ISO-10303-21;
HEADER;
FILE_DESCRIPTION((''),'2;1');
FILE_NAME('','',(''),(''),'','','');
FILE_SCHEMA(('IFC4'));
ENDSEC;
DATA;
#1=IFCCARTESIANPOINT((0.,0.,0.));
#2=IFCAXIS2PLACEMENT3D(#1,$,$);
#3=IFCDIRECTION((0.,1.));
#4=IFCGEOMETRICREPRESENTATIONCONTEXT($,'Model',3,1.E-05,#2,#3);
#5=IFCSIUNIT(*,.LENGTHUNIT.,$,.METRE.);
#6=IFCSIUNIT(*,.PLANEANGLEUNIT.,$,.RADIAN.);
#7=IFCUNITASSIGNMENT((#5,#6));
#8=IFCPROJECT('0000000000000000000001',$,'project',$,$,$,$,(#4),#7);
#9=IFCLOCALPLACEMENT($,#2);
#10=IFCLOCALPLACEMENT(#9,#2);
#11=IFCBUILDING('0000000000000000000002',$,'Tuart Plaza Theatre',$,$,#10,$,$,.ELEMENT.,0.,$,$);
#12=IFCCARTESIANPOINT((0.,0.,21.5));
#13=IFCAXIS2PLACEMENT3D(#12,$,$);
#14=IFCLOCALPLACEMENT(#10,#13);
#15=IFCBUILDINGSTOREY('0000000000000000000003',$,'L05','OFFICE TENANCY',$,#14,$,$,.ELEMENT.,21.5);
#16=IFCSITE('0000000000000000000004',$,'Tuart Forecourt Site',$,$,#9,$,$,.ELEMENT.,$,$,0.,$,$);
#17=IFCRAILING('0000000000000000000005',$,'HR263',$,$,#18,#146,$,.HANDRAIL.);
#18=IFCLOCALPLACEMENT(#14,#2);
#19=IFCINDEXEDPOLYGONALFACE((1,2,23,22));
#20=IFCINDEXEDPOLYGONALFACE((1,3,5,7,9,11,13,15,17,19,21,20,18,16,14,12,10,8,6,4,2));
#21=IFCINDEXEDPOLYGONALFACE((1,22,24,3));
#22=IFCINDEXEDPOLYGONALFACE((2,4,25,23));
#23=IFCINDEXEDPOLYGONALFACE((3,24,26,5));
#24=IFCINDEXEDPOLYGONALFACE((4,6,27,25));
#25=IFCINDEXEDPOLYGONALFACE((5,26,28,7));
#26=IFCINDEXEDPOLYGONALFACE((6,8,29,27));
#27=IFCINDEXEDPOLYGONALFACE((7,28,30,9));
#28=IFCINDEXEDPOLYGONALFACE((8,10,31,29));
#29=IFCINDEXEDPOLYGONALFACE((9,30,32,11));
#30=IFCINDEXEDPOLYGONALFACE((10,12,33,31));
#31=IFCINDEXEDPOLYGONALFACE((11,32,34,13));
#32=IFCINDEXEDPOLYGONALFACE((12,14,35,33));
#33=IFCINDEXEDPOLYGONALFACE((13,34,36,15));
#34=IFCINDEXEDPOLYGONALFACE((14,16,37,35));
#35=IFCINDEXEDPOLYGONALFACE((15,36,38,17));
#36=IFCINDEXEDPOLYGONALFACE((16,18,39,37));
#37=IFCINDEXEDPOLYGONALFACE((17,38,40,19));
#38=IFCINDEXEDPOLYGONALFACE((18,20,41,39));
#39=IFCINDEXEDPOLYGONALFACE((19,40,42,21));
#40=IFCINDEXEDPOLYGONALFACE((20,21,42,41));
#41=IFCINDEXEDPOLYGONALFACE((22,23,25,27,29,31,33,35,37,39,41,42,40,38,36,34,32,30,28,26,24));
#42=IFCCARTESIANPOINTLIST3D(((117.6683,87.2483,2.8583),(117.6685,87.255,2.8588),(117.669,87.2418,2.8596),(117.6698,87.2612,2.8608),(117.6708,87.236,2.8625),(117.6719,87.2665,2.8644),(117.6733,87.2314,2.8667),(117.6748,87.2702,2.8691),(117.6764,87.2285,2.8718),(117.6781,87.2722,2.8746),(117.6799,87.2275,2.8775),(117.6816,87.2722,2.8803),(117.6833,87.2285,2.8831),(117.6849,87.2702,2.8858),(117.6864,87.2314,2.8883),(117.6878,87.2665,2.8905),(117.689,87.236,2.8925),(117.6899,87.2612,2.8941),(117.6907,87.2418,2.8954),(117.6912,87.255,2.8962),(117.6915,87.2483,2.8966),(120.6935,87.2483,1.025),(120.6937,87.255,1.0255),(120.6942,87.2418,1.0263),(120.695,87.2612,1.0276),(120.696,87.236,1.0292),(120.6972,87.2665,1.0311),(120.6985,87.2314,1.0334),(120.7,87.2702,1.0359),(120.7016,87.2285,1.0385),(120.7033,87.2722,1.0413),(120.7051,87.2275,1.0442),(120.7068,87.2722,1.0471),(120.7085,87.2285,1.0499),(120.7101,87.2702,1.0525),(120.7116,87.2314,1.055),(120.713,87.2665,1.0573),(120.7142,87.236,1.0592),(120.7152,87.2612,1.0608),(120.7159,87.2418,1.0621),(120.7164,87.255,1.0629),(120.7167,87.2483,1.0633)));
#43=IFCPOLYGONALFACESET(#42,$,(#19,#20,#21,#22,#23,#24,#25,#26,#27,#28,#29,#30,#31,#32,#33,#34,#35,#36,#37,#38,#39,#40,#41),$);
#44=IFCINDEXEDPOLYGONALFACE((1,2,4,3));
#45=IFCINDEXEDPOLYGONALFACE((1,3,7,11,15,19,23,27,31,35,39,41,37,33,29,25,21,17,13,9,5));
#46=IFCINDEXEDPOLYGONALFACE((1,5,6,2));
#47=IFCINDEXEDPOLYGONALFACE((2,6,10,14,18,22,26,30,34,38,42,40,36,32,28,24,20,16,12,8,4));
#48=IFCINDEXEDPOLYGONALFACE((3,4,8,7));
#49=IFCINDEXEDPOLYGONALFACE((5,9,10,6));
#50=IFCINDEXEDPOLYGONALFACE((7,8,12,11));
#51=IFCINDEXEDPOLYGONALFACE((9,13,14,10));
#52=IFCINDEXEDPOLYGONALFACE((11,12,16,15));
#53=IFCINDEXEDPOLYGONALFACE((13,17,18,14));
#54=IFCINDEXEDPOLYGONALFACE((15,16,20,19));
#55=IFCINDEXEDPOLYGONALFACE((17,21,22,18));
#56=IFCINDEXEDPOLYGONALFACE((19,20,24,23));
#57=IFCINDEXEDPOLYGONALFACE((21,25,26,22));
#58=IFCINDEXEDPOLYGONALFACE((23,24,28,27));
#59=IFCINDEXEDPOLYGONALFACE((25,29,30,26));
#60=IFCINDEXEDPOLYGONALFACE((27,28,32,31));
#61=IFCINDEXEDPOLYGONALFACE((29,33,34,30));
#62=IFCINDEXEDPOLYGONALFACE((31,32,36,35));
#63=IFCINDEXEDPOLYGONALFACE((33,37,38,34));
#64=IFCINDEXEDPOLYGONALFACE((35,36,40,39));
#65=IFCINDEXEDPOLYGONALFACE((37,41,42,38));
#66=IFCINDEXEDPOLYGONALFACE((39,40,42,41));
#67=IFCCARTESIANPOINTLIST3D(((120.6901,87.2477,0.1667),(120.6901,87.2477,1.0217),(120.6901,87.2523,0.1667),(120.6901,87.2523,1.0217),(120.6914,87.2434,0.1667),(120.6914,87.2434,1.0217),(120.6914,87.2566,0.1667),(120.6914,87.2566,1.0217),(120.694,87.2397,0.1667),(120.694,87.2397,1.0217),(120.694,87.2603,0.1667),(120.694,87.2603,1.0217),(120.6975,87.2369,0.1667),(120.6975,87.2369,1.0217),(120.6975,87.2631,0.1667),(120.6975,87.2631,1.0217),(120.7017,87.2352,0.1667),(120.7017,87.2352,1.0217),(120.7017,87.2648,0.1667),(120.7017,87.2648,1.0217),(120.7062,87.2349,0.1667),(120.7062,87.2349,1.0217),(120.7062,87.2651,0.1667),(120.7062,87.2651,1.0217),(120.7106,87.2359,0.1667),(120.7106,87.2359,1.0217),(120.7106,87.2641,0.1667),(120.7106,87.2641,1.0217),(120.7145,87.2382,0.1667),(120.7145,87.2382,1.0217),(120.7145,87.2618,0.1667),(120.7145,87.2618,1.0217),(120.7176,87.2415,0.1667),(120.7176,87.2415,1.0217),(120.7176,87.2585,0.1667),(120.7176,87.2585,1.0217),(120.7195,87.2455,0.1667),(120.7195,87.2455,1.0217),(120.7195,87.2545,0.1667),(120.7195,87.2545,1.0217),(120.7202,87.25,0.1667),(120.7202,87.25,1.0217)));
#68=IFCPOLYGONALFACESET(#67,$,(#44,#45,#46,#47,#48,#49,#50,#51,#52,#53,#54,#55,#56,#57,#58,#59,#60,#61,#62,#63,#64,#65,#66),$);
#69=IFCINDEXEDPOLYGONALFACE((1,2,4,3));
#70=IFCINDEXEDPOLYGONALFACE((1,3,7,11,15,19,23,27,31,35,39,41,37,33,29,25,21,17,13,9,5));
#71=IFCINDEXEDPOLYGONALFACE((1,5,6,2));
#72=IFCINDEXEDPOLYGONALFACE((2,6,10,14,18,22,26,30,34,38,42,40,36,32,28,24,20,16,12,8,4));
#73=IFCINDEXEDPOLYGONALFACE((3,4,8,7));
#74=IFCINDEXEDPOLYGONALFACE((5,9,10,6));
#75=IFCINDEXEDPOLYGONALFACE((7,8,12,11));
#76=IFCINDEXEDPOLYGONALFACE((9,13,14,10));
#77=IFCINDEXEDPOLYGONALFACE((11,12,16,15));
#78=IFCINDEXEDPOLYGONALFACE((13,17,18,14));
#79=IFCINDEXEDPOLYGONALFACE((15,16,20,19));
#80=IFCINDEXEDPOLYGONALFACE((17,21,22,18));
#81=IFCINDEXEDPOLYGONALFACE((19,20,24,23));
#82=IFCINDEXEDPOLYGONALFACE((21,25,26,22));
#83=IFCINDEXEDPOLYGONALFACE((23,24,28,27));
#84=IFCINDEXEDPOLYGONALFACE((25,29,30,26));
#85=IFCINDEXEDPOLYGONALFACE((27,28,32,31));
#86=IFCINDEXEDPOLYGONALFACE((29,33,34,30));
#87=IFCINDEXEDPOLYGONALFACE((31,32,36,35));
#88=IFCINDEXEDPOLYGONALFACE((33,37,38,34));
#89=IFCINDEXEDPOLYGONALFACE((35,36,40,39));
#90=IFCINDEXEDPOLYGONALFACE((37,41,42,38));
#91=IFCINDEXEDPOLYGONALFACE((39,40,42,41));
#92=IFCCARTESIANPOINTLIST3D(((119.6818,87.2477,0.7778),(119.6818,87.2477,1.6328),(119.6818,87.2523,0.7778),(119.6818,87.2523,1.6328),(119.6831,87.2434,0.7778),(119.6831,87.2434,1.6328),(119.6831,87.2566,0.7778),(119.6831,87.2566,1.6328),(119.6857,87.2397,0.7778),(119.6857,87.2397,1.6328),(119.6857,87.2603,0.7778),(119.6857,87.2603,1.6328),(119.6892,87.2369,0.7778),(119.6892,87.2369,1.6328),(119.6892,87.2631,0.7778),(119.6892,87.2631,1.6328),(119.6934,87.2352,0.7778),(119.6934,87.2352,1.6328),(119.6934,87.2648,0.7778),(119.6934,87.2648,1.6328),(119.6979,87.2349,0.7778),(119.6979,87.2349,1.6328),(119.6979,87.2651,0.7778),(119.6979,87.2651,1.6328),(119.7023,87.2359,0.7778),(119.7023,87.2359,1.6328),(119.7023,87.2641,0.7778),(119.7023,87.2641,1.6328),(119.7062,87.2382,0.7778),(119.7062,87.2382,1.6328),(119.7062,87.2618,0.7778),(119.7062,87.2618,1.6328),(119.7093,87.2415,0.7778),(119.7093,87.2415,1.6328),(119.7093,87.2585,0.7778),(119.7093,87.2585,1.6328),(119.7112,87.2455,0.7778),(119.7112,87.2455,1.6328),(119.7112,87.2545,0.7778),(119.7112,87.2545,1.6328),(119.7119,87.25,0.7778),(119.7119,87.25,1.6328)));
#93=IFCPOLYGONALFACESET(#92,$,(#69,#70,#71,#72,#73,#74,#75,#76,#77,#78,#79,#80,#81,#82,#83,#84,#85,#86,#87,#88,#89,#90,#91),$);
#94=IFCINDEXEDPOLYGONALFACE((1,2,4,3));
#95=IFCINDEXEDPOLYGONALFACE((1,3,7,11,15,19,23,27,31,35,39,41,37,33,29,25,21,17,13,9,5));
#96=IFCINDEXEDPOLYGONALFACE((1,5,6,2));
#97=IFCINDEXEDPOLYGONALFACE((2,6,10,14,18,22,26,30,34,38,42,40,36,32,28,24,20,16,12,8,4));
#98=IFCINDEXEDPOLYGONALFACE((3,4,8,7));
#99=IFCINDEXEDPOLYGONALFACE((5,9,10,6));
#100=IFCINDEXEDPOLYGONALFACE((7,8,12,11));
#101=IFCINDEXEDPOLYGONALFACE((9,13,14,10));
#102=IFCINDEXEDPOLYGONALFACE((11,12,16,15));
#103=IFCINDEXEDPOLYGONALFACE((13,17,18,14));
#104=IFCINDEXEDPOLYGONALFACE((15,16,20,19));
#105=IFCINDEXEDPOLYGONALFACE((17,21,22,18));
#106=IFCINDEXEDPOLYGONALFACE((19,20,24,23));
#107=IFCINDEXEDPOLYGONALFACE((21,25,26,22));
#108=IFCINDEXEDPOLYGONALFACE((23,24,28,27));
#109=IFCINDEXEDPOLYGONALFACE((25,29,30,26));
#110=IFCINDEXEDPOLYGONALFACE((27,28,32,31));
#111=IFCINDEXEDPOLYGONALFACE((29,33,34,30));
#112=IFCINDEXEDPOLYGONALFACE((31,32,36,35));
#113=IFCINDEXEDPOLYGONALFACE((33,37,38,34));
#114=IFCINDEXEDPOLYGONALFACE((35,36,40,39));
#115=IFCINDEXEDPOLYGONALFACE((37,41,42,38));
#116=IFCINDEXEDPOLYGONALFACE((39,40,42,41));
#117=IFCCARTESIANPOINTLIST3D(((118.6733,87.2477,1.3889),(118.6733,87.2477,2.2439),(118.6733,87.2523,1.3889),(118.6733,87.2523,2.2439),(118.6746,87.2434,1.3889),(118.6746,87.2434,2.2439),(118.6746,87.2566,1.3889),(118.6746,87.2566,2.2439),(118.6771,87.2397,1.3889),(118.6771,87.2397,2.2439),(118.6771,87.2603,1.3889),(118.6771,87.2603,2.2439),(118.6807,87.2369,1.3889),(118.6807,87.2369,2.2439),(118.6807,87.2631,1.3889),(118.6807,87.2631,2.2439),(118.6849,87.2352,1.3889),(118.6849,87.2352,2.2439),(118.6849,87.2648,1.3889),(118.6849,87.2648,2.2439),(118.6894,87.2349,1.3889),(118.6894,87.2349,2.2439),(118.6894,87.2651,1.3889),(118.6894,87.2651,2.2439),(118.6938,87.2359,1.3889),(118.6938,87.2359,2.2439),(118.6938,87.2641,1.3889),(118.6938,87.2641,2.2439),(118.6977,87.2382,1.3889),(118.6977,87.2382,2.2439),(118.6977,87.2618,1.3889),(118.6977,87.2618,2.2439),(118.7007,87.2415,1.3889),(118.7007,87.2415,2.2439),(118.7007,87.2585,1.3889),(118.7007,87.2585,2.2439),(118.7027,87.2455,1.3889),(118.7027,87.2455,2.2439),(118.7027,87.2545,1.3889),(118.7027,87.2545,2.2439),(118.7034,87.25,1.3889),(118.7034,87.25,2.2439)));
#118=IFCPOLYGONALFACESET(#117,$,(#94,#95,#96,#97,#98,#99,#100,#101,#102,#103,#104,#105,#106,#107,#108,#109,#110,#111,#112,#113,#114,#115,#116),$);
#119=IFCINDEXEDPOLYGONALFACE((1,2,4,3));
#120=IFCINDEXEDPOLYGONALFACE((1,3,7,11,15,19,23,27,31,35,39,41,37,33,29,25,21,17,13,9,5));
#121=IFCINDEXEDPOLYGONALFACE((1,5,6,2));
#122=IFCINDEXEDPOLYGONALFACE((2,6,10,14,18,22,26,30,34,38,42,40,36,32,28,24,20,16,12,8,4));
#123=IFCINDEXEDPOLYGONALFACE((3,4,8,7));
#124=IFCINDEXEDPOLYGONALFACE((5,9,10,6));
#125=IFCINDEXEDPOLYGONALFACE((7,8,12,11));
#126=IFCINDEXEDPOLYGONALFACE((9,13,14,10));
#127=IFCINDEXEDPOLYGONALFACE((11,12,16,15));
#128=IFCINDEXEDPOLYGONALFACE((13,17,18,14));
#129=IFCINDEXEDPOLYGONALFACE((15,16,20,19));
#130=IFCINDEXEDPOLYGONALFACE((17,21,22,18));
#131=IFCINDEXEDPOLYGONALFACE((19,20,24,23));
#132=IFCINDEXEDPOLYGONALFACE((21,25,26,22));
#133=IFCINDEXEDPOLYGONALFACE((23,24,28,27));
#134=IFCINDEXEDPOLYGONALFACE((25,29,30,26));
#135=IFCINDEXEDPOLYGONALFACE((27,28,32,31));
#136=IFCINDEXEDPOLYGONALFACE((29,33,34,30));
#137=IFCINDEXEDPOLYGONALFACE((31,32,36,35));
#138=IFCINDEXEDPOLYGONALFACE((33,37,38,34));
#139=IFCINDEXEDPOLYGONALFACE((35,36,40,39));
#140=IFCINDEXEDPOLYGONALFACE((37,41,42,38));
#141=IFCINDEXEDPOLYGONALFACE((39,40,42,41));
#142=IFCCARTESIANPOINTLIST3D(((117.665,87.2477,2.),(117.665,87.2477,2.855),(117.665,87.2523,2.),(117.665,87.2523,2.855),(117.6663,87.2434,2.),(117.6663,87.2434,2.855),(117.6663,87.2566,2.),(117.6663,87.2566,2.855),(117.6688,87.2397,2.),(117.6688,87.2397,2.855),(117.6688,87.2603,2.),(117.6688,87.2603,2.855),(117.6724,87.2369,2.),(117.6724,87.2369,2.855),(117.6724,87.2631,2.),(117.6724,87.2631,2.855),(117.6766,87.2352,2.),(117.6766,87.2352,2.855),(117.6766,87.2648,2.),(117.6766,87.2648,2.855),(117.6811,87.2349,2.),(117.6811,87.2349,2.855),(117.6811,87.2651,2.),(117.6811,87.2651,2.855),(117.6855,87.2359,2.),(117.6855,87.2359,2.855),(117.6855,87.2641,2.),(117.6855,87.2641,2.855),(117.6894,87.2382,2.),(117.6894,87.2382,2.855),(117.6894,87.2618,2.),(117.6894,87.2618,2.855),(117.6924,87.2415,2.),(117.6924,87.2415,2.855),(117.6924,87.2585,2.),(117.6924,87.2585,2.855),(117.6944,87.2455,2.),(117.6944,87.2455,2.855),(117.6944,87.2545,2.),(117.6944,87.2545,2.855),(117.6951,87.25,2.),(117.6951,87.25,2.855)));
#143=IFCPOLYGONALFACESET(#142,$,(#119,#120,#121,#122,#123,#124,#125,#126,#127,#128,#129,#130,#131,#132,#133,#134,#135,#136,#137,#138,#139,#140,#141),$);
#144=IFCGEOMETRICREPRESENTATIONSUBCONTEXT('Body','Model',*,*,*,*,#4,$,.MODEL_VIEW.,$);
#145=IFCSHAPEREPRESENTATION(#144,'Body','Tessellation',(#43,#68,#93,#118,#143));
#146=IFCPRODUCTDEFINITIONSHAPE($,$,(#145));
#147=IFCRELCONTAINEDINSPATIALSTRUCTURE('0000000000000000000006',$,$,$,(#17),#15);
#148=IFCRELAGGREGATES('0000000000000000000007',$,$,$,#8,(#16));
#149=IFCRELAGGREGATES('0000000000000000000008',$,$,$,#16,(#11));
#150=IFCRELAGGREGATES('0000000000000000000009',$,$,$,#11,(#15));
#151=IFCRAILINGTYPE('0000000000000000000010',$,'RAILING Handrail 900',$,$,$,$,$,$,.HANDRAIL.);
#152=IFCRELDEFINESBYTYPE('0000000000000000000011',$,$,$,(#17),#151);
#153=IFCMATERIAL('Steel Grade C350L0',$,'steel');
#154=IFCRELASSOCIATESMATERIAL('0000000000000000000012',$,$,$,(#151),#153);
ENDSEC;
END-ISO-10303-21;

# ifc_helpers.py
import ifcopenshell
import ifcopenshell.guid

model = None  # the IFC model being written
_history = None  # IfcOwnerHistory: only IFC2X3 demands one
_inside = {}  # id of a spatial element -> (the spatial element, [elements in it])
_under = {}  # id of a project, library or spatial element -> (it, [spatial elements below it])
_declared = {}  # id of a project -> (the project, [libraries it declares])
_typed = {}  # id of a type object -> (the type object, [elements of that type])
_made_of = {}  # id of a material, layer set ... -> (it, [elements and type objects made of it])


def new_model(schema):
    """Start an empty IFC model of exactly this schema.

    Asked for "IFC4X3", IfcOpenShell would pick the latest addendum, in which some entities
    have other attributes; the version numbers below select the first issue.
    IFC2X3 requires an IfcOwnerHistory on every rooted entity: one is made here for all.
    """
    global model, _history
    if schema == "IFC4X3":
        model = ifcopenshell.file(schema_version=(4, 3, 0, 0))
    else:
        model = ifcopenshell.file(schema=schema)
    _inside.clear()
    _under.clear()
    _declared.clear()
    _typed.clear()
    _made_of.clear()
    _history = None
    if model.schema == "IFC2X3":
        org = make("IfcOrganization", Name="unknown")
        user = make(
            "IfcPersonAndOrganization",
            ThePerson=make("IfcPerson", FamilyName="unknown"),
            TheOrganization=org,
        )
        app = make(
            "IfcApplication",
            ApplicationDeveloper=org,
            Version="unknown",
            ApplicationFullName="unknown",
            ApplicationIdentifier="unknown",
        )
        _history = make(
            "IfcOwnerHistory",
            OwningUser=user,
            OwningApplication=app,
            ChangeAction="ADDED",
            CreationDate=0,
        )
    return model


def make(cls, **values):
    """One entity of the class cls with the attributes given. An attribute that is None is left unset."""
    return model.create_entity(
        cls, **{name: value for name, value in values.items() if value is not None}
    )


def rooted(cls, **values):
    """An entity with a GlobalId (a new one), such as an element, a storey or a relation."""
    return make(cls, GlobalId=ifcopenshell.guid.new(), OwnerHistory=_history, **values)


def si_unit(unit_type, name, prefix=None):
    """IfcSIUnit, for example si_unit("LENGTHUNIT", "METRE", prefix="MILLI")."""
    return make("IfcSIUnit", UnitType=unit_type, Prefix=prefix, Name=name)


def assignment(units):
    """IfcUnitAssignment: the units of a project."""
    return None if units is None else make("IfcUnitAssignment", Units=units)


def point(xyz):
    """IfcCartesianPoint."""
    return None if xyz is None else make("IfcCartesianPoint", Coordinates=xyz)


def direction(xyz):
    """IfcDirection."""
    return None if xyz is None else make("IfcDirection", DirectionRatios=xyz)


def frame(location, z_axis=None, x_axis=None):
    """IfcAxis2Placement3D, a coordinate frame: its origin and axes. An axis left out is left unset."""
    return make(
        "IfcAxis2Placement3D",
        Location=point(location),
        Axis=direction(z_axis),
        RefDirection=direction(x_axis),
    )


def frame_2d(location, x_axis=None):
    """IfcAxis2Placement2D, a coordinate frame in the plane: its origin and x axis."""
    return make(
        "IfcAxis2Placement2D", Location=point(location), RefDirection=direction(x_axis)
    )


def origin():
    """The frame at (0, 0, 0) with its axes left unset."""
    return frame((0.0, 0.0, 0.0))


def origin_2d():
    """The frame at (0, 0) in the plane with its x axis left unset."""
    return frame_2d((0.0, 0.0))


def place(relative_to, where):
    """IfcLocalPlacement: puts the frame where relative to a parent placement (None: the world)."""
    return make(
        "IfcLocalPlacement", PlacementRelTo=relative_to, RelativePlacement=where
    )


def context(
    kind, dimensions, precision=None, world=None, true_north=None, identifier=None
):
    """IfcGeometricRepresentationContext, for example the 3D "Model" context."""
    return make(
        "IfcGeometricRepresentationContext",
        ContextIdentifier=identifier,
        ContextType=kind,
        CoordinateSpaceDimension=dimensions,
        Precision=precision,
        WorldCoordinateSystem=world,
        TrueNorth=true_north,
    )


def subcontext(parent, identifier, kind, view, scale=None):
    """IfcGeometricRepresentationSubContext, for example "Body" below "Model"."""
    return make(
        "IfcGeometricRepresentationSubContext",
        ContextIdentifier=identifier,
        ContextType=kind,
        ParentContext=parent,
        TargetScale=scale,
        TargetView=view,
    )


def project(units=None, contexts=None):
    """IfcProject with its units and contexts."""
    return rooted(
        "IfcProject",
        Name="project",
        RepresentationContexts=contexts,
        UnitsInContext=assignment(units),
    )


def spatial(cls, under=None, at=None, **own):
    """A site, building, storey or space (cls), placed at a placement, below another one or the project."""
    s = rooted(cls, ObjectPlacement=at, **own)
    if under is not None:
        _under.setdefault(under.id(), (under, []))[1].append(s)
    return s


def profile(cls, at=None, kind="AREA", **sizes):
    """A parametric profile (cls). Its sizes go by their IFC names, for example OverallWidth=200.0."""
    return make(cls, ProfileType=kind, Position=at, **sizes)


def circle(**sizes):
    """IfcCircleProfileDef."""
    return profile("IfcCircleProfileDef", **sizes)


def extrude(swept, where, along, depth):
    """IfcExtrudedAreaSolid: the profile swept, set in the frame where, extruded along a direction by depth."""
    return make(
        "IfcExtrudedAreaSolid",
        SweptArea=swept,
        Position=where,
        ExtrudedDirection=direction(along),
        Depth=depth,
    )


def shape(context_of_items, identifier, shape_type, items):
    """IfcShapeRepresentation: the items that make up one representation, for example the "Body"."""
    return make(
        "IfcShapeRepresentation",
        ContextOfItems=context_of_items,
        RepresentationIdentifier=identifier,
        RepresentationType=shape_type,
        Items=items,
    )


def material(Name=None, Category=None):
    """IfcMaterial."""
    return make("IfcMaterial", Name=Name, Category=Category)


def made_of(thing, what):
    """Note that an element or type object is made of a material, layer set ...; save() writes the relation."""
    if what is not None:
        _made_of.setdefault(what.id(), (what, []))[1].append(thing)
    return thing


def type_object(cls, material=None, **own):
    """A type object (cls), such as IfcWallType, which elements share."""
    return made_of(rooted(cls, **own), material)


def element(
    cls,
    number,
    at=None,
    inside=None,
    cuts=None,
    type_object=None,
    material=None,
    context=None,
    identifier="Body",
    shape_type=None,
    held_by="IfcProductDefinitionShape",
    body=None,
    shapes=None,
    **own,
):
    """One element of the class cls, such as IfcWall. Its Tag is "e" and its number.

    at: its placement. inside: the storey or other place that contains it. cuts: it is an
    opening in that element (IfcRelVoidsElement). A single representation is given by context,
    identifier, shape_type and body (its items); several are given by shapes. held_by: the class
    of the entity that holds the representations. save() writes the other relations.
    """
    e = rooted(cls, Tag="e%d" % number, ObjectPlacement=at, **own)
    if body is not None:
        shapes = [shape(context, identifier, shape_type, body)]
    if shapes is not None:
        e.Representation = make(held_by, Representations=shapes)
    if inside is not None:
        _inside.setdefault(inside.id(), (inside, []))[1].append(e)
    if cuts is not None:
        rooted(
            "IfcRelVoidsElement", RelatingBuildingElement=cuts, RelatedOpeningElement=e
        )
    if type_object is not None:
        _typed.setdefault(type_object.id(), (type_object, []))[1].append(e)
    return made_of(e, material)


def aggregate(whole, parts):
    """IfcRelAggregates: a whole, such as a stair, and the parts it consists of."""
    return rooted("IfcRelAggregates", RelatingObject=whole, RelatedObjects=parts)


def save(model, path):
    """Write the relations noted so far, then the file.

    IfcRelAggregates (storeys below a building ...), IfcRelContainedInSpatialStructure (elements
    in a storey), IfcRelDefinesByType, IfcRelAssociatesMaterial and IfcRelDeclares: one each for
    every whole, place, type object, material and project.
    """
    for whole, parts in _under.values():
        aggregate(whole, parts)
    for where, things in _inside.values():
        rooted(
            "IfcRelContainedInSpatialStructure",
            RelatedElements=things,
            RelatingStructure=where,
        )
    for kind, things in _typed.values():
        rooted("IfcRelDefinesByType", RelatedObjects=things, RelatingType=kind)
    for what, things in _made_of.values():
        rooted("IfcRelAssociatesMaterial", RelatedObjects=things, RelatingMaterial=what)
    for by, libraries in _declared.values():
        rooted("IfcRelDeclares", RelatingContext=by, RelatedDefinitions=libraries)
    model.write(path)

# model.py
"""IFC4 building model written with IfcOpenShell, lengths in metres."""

from ifc_helpers import new_model, si_unit, direction, frame, origin, origin_2d, place, context, subcontext, project, spatial, circle, extrude, material, type_object, element, save


model = new_model("IFC4")

# Units and contexts
model_context = context("Model", 3, precision=1e-05, world=origin(), true_north=direction((0.0, 1.0)))
body_context = subcontext(model_context, "Body", "Model", "MODEL_VIEW")
ifc_project = project(units=[si_unit("LENGTHUNIT", "METRE"), si_unit("PLANEANGLEUNIT", "RADIAN")], contexts=[model_context])

# Site, building, storey
site_placement = place(None, origin())
site = spatial("IfcSite", under=ifc_project, at=site_placement, Name="Tuart Forecourt Site", CompositionType="ELEMENT", RefElevation=0.0)
building_placement = place(site_placement, origin())
building = spatial("IfcBuilding", under=site, at=building_placement, Name="Tuart Plaza Theatre", CompositionType="ELEMENT", ElevationOfRefHeight=0.0)
storey_placement = place(building_placement, frame((0.0, 0.0, 21.5)))
storey = spatial("IfcBuildingStorey", under=building, at=storey_placement, Name="L05", Description="OFFICE TENANCY", CompositionType="ELEMENT", Elevation=21.5)

# Railing
ifc_material_1 = material(Name="Steel Grade C350L0", Category="steel")
railing_type_1 = type_object("IfcRailingType", Name="RAILING Handrail 900", PredefinedType="HANDRAIL", material=ifc_material_1)
railing_1_placement = place(storey_placement, frame((120.7051, 87.25, 0.1667)))
element("IfcRailing", 1, at=railing_1_placement, inside=storey, type_object=railing_type_1, Name="HR263", PredefinedType="HANDRAIL", context=body_context, shape_type="SweptSolid", body=[
    extrude(circle(Radius=0.0225, at=origin_2d()), frame((0.0, 0.0, 0.8774), z_axis=(-0.855219, 0.0, 0.518267), x_axis=(0.0, -1.0, 0.0)), (0.0, 0.0, 1.0), 3.5374),
    extrude(circle(Radius=0.0151, at=origin_2d()), origin(), (0.0, 0.0, 1.0), 0.855),
    extrude(circle(Radius=0.0151, at=origin_2d()), frame((-1.0083, 0.0, 0.6111)), (0.0, 0.0, 1.0), 0.855),
    extrude(circle(Radius=0.0151, at=origin_2d()), frame((-2.0168, 0.0, 1.2222)), (0.0, 0.0, 1.0), 0.855),
    extrude(circle(Radius=0.0151, at=origin_2d()), frame((-3.0251, 0.0, 1.8333)), (0.0, 0.0, 1.0), 0.855),
])

save(model, "model.ifc")
